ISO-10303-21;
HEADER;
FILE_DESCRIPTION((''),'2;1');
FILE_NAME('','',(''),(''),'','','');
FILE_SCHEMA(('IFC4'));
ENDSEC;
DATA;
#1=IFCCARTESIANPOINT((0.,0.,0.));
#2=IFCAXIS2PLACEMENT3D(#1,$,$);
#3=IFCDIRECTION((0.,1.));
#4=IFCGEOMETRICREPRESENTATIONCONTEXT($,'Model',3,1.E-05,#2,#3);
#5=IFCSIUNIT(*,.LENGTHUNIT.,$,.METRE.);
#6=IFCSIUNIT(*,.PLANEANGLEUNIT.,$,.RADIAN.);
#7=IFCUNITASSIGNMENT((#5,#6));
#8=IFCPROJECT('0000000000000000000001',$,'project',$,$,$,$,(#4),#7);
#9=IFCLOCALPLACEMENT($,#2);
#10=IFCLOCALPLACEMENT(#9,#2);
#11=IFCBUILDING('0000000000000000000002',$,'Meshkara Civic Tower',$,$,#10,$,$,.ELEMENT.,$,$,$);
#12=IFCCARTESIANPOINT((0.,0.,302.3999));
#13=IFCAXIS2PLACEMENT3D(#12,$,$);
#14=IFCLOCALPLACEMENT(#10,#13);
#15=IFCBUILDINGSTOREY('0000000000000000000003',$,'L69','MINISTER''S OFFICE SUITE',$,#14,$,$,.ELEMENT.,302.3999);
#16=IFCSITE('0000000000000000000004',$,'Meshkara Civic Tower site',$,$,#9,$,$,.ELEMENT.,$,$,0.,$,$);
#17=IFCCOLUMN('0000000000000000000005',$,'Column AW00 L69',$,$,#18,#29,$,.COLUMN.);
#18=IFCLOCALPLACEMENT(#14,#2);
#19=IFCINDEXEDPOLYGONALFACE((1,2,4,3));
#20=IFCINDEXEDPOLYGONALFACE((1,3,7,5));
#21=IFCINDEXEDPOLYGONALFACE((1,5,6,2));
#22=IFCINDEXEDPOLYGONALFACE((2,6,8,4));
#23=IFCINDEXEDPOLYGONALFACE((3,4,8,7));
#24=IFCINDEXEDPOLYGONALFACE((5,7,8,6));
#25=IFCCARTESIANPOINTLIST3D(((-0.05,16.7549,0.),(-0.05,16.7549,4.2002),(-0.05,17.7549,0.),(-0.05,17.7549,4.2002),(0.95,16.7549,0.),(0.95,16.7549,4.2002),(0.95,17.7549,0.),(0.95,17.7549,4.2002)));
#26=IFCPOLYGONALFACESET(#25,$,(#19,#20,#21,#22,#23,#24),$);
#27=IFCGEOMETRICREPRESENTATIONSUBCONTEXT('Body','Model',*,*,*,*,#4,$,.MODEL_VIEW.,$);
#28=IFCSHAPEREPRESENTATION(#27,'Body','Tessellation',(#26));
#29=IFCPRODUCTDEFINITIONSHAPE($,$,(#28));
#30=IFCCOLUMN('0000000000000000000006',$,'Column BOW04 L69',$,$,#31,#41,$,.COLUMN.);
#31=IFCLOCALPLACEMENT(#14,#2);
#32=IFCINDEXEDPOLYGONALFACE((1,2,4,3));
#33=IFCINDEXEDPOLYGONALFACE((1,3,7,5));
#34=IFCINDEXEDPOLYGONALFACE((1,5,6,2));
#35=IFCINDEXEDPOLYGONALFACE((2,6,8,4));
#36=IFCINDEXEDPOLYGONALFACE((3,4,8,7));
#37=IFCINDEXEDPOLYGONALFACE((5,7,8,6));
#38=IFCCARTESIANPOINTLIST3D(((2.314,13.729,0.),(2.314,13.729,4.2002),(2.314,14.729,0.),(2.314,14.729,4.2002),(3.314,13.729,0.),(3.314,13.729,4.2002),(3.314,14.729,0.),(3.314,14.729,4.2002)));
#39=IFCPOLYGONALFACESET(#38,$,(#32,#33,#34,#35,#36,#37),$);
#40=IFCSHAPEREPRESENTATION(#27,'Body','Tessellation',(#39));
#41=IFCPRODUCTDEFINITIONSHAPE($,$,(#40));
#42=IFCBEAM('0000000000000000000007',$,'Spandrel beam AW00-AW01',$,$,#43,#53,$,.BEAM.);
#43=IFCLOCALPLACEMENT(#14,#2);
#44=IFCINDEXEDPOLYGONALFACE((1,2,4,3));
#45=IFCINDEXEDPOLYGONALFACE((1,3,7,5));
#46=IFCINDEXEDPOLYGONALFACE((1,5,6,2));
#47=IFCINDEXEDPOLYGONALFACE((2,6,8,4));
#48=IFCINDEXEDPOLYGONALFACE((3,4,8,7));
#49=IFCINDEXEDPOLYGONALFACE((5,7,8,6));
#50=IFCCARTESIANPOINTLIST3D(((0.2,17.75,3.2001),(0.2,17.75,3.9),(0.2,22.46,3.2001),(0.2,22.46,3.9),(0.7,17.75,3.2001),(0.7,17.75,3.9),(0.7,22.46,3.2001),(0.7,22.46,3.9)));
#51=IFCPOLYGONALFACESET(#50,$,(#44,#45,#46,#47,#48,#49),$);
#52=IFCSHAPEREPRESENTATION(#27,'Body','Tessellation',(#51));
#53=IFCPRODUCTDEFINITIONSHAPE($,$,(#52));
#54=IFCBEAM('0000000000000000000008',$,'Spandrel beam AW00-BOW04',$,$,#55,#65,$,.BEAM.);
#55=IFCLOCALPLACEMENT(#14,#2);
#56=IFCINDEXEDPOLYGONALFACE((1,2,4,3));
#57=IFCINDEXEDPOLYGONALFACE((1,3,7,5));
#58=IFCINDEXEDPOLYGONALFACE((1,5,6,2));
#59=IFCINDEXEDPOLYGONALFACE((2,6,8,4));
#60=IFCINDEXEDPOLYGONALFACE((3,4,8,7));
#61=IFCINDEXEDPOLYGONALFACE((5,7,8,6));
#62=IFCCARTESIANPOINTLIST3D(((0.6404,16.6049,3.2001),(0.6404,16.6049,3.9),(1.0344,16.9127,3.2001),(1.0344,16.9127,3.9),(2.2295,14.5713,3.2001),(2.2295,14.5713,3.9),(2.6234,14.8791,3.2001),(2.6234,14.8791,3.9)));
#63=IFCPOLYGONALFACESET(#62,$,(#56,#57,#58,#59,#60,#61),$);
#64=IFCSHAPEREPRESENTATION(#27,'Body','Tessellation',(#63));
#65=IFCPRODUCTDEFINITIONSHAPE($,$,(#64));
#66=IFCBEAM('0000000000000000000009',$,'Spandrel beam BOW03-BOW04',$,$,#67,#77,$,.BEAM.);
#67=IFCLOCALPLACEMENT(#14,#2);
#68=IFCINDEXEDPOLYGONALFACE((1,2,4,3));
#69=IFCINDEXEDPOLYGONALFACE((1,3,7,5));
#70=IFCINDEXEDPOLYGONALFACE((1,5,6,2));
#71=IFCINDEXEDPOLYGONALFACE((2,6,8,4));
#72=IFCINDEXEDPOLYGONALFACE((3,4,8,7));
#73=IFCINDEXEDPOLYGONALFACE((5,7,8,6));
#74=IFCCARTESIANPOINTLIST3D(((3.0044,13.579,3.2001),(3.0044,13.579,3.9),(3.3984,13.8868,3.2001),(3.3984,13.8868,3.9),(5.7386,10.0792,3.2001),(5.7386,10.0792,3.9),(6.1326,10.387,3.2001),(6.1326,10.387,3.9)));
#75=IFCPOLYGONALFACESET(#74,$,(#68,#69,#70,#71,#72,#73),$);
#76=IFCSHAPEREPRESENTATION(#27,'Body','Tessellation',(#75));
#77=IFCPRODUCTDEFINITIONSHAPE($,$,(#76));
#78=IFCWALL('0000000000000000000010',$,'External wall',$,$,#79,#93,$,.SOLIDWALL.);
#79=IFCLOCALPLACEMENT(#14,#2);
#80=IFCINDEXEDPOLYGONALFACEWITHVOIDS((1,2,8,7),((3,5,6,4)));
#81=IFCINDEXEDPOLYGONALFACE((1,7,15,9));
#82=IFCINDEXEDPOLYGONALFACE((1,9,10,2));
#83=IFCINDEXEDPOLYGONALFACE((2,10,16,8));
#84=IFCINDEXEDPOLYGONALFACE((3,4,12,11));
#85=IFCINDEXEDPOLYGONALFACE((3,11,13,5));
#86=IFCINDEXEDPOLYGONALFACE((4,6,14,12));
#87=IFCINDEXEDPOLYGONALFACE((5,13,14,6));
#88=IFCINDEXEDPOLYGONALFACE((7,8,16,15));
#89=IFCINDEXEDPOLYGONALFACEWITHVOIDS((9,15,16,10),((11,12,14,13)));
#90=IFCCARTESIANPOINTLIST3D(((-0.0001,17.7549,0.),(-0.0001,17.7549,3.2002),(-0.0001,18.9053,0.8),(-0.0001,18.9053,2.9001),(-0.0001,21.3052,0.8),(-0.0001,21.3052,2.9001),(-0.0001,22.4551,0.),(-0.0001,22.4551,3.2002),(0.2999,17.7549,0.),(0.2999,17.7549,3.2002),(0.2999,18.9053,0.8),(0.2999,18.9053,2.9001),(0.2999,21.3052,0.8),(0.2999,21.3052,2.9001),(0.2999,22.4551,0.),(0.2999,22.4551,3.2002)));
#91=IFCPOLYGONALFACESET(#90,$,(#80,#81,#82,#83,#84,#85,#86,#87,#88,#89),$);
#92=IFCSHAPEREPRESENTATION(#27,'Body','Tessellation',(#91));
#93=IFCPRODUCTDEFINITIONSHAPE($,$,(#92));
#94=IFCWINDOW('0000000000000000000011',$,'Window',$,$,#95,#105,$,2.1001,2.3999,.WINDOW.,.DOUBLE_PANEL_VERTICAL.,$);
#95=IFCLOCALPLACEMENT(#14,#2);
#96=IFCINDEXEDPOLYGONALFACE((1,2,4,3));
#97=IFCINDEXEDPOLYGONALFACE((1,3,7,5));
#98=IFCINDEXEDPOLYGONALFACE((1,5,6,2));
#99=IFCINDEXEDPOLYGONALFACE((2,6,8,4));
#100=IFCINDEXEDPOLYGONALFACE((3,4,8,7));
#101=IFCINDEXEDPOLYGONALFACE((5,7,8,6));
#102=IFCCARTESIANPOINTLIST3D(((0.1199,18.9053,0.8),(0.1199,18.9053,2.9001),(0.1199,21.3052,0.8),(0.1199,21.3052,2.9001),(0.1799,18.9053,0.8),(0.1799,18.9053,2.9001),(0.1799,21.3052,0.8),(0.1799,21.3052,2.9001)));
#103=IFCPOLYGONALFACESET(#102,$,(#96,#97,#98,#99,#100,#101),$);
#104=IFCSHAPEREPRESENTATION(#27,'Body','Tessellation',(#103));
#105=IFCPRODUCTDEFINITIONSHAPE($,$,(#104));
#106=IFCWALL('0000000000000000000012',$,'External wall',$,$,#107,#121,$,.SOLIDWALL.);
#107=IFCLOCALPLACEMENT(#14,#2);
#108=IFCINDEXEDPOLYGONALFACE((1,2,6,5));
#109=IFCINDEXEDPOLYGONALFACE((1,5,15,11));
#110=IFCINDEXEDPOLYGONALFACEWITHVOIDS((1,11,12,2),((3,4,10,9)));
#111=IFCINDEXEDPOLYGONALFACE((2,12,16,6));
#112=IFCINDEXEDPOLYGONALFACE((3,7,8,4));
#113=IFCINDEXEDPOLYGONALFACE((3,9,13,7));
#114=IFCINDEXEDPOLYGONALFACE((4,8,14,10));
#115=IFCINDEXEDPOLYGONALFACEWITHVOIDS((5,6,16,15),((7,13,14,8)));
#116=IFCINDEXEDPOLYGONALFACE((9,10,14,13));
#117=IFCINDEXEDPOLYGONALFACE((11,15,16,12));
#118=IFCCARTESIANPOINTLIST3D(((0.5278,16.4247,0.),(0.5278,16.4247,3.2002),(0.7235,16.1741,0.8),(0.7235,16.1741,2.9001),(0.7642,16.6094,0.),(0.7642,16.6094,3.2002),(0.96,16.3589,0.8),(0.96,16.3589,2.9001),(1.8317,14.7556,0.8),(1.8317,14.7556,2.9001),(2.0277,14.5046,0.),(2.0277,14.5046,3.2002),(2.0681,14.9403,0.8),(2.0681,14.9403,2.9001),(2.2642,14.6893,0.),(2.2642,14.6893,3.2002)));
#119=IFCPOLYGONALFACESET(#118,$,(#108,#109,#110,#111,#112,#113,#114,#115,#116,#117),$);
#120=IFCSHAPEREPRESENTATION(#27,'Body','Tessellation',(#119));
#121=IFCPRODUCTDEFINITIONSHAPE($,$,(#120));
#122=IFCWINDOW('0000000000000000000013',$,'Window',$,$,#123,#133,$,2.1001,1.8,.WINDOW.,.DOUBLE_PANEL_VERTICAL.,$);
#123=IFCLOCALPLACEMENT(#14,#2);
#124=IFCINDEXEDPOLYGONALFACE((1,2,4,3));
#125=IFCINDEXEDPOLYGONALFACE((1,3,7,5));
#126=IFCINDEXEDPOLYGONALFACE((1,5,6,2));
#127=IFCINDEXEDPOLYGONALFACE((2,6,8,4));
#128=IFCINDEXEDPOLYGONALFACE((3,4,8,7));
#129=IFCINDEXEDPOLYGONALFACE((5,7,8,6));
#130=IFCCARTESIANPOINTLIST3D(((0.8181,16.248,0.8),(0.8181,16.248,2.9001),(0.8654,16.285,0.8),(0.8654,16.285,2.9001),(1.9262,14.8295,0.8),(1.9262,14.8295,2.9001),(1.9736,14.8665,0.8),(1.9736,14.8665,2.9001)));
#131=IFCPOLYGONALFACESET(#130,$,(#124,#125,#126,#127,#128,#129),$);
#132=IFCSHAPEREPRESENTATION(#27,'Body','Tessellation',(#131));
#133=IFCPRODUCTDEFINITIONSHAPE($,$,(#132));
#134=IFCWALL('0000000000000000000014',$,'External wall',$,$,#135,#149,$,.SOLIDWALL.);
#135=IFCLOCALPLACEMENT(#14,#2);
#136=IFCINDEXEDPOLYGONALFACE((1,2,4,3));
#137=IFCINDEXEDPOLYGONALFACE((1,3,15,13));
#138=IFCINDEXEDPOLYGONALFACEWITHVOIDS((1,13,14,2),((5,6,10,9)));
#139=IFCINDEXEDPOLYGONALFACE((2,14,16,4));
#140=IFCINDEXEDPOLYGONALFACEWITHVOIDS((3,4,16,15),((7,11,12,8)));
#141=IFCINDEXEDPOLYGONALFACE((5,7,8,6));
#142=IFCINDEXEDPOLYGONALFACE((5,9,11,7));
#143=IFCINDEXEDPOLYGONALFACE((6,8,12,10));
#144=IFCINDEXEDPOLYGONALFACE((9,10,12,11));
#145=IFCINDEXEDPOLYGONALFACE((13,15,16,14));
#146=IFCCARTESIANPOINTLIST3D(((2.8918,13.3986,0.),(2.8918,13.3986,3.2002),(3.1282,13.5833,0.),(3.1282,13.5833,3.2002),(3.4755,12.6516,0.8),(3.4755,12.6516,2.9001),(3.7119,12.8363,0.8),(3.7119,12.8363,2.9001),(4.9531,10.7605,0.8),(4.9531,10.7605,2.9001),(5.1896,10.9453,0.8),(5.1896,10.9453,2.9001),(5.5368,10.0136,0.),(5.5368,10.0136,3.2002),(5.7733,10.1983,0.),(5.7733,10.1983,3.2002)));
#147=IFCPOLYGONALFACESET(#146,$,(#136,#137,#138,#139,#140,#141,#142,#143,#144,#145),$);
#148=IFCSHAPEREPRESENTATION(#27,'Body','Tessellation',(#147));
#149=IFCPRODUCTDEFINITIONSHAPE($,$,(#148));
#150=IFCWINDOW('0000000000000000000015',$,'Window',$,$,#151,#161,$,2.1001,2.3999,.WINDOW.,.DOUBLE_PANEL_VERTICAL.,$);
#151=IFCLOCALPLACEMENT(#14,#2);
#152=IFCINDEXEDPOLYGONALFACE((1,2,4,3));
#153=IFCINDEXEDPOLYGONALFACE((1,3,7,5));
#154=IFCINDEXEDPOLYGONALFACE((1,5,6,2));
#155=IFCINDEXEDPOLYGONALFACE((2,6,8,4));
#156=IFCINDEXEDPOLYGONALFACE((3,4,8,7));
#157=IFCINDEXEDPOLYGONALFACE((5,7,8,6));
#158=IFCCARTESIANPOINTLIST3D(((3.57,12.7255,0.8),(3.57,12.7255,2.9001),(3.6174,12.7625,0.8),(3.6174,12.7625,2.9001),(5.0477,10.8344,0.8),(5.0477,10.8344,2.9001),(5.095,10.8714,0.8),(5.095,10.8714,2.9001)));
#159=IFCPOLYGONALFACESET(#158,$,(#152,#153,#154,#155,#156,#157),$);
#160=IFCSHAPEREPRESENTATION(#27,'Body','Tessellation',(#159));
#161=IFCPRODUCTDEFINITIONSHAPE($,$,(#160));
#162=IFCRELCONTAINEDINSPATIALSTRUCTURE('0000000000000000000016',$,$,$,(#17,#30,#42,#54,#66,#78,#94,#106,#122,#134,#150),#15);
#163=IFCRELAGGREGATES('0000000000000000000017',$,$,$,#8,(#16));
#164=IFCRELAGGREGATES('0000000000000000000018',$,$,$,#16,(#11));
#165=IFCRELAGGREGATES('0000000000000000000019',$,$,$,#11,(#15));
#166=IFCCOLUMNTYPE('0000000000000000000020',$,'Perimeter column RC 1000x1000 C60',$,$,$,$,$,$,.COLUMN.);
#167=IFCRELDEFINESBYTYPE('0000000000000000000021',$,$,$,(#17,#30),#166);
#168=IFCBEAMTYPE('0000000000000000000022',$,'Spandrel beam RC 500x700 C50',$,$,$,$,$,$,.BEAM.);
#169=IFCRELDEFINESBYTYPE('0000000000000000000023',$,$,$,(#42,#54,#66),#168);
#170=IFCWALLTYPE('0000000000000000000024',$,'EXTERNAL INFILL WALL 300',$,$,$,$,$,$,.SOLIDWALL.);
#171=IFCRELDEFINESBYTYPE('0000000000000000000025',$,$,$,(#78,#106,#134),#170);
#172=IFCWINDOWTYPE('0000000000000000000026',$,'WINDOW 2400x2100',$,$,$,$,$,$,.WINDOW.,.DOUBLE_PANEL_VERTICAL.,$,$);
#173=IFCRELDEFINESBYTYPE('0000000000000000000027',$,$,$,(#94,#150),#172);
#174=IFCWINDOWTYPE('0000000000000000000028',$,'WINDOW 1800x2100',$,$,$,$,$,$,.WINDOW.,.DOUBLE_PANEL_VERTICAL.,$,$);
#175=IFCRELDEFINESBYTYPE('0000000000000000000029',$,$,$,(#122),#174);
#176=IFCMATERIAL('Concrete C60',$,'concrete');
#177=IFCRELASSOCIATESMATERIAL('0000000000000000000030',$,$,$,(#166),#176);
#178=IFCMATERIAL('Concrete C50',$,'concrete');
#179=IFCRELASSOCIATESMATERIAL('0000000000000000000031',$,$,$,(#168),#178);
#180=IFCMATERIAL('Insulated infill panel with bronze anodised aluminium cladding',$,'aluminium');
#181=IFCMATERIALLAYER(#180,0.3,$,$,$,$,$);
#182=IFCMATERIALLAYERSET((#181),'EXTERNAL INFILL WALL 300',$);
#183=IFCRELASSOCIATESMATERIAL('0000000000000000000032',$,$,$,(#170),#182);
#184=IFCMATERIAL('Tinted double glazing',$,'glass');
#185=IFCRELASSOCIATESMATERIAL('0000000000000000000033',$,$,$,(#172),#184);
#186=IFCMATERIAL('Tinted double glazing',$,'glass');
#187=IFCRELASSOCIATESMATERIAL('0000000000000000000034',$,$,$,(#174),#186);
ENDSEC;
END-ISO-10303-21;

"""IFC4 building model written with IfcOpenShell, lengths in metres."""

from ifc_helpers import new_model, si_unit, direction, frame, frame_2d, origin, origin_2d, place, context, subcontext, project, spatial, rectangle, extrude, material, layer, layer_set, material_profile, profile_set, type_object, element, fill, save


model = new_model("IFC4")

# Units and contexts
model_context = context("Model", 3, precision=1e-05, world=origin(), true_north=direction((0.0, 1.0)))
body_context = subcontext(model_context, "Body", "Model", "MODEL_VIEW")
ifc_project = project(units=[si_unit("LENGTHUNIT", "METRE"), si_unit("PLANEANGLEUNIT", "RADIAN")], contexts=[model_context])

# Site, building, storey
site_placement = place(None, origin())
site = spatial("IfcSite", under=ifc_project, at=site_placement, Name="Meshkara Civic Tower site", CompositionType="ELEMENT", RefElevation=0.0)
building_placement = place(site_placement, origin())
building = spatial("IfcBuilding", under=site, at=building_placement, Name="Meshkara Civic Tower", CompositionType="ELEMENT")
storey_placement = place(building_placement, frame((0.0, 0.0, 302.3999)))
storey = spatial("IfcBuildingStorey", under=building, at=storey_placement, Name="L69", Description="MINISTER'S OFFICE SUITE", CompositionType="ELEMENT", Elevation=302.3999)

# Columns
ifc_material_1 = material(Name="Concrete C60", Category="concrete")
ifc_material_profile_1 = material_profile(ifc_material_1, rectangle(XDim=1.0, YDim=1.0, at=origin_2d()))
ifc_profile_set_1 = profile_set([ifc_material_profile_1], Name="Concrete C60")
column_type = type_object("IfcColumnType", Name="Perimeter column RC 1000x1000 C60", PredefinedType="COLUMN", material=ifc_profile_set_1)
for number, where, z_axis, x_axis, name in (
    (1, (0.45, 17.2549, 0.0), (0.0, 0.0, 1.0), (1.0, 0.0, 0.0), "Column AW00 L69"),
    (2, (2.814, 14.229, 0.0), (0.0, 0.0, 1.0), (1.0, 0.0, 0.0), "Column BOW04 L69"),
):
    element("IfcColumn", number, at=place(storey_placement, frame(where, z_axis=z_axis, x_axis=x_axis)), inside=storey, type_object=column_type, Name=name, PredefinedType="COLUMN", context=body_context, shape_type="SweptSolid", body=[
        extrude(rectangle(XDim=1.0, YDim=1.0, at=origin_2d()), origin(), (0.0, 0.0, 1.0), 4.2002),
    ])

# Beams
ifc_material_2 = material(Name="Concrete C50", Category="concrete")
ifc_material_profile_2 = material_profile(ifc_material_2, rectangle(XDim=0.5, YDim=0.7, at=origin_2d()))
ifc_profile_set_2 = profile_set([ifc_material_profile_2], Name="Concrete C50")
beam_type = type_object("IfcBeamType", Name="Spandrel beam RC 500x700 C50", PredefinedType="BEAM", material=ifc_profile_set_2)
beam_1_placement = place(storey_placement, frame((0.45, 22.46, 3.55), z_axis=(0.0, -1.0, 0.0), x_axis=(1.0, 0.0, 0.0)))
element("IfcBeam", 3, at=beam_1_placement, inside=storey, type_object=beam_type, Name="Spandrel beam AW00-AW01", PredefinedType="BEAM", context=body_context, shape_type="SweptSolid", body=[
    extrude(rectangle(XDim=0.5, YDim=0.7, at=origin_2d()), origin(), (0.0, 0.0, 1.0), 4.71),
])
beam_2_placement = place(storey_placement, frame((0.8374, 16.7588, 3.55), z_axis=(0.615714, -0.78797, 0.0), x_axis=(0.78797, 0.615714, 0.0)))
element("IfcBeam", 4, at=beam_2_placement, inside=storey, type_object=beam_type, Name="Spandrel beam AW00-BOW04", PredefinedType="BEAM", context=body_context, shape_type="SweptSolid", body=[
    extrude(rectangle(XDim=0.5, YDim=0.7, at=origin_2d()), origin(), (0.0, 0.0, 1.0), 2.5808),
])
beam_3_placement = place(storey_placement, frame((3.2014, 13.7329, 3.55), z_axis=(0.615637, -0.78803, 0.0), x_axis=(0.78803, 0.615637, 0.0)))
element("IfcBeam", 5, at=beam_3_placement, inside=storey, type_object=beam_type, Name="Spandrel beam BOW03-BOW04", PredefinedType="BEAM", context=body_context, shape_type="SweptSolid", body=[
    extrude(rectangle(XDim=0.5, YDim=0.7, at=origin_2d()), origin(), (0.0, 0.0, 1.0), 4.4412),
])

# Walls, openings, windows
ifc_material_3 = material(Name="Insulated infill panel with bronze anodised aluminium cladding", Category="aluminium")
ifc_layer = layer(ifc_material_3, 0.3)
ifc_layer_set = layer_set([ifc_layer], Name="EXTERNAL INFILL WALL 300")
wall_type = type_object("IfcWallType", Name="EXTERNAL INFILL WALL 300", PredefinedType="SOLIDWALL", material=ifc_layer_set)
wall_1_placement = place(storey_placement, frame((0.1499, 22.4551, 0.0), z_axis=(0.0, 0.0, 1.0), x_axis=(0.0, -1.0, 0.0)))
wall_1 = element("IfcWall", 6, at=wall_1_placement, inside=storey, type_object=wall_type, Name="External wall", PredefinedType="SOLIDWALL", context=body_context, shape_type="SweptSolid", body=[
    extrude(rectangle(XDim=4.7002, YDim=0.3, at=frame_2d((2.3501, 0.0))), origin(), (0.0, 0.0, 1.0), 3.2002),
])
opening_1_placement = place(wall_1_placement, frame((1.1499, 0.0, 0.8)))
opening_1 = element("IfcOpeningElement", 7, at=opening_1_placement, cuts=wall_1, PredefinedType="OPENING", context=body_context, shape_type="SweptSolid", body=[
    extrude(rectangle(XDim=2.3999, YDim=2.1001, at=frame_2d((1.2, 1.05))), frame((0.0, 0.1599, 0.0), z_axis=(0.0, -1.0, 0.0), x_axis=(1.0, 0.0, 0.0)), (0.0, 0.0, 1.0), 0.3201),
])
ifc_material_4 = material(Name="Tinted double glazing", Category="glass")
window_type_1 = type_object("IfcWindowType", Name="WINDOW 2400x2100", PartitioningType="DOUBLE_PANEL_VERTICAL", PredefinedType="WINDOW", material=ifc_material_4)
window_1_placement = place(opening_1_placement, origin())
window_1 = element("IfcWindow", 8, at=window_1_placement, inside=storey, type_object=window_type_1, Name="Window", OverallHeight=2.1001, OverallWidth=2.3999, PartitioningType="DOUBLE_PANEL_VERTICAL", PredefinedType="WINDOW", context=body_context, shape_type="SweptSolid", body=[
    extrude(rectangle(XDim=2.3999, YDim=2.1001, at=frame_2d((1.2, 1.05))), frame((0.0, 0.03, 0.0), z_axis=(0.0, -1.0, 0.0), x_axis=(1.0, 0.0, 0.0)), (0.0, 0.0, 1.0), 0.0601),
])
fill(opening_1, window_1)
wall_2_placement = place(storey_placement, frame((0.646, 16.5171, 0.0), z_axis=(0.0, 0.0, 1.0), x_axis=(0.615611, -0.78805, 0.0)))
wall_2 = element("IfcWall", 9, at=wall_2_placement, inside=storey, type_object=wall_type, Name="External wall", PredefinedType="SOLIDWALL", context=body_context, shape_type="SweptSolid", body=[
    extrude(rectangle(XDim=2.4365, YDim=0.3, at=frame_2d((1.2183, 0.0))), origin(), (0.0, 0.0, 1.0), 3.2002),
])
opening_2_placement = place(wall_2_placement, frame((0.3181, 0.0, 0.8)))
opening_2 = element("IfcOpeningElement", 10, at=opening_2_placement, cuts=wall_2, PredefinedType="OPENING", context=body_context, shape_type="SweptSolid", body=[
    extrude(rectangle(XDim=1.8, YDim=2.1001, at=frame_2d((0.8999, 1.05))), frame((0.0, 0.1599, 0.0), z_axis=(0.0, -1.0, 0.0), x_axis=(1.0, 0.0, 0.0)), (0.0, 0.0, 1.0), 0.3201),
])
ifc_material_5 = material(Name="Tinted double glazing", Category="glass")
window_type_2 = type_object("IfcWindowType", Name="WINDOW 1800x2100", PartitioningType="DOUBLE_PANEL_VERTICAL", PredefinedType="WINDOW", material=ifc_material_5)
window_2_placement = place(opening_2_placement, origin())
window_2 = element("IfcWindow", 11, at=window_2_placement, inside=storey, type_object=window_type_2, Name="Window", OverallHeight=2.1001, OverallWidth=1.8, PartitioningType="DOUBLE_PANEL_VERTICAL", PredefinedType="WINDOW", context=body_context, shape_type="SweptSolid", body=[
    extrude(rectangle(XDim=1.8, YDim=2.1001, at=frame_2d((0.8999, 1.05))), frame((0.0, 0.03, 0.0), z_axis=(0.0, -1.0, 0.0), x_axis=(1.0, 0.0, 0.0)), (0.0, 0.0, 1.0), 0.0601),
])
fill(opening_2, window_2)
wall_3_placement = place(storey_placement, frame((3.01, 13.491, 0.0), z_axis=(0.0, 0.0, 1.0), x_axis=(0.615714, -0.78797, 0.0)))
wall_3 = element("IfcWall", 12, at=wall_3_placement, inside=storey, type_object=wall_type, Name="External wall", PredefinedType="SOLIDWALL", context=body_context, shape_type="SweptSolid", body=[
    extrude(rectangle(XDim=4.2959, YDim=0.3, at=frame_2d((2.1479, 0.0))), origin(), (0.0, 0.0, 1.0), 3.2002),
])
opening_3_placement = place(wall_3_placement, frame((0.948, 0.0, 0.8)))
opening_3 = element("IfcOpeningElement", 13, at=opening_3_placement, cuts=wall_3, PredefinedType="OPENING", context=body_context, shape_type="SweptSolid", body=[
    extrude(rectangle(XDim=2.3999, YDim=2.1001, at=frame_2d((1.2, 1.05))), frame((0.0, 0.1599, 0.0), z_axis=(0.0, -1.0, 0.0), x_axis=(1.0, 0.0, 0.0)), (0.0, 0.0, 1.0), 0.3201),
])
window_3_placement = place(opening_3_placement, origin())
window_3 = element("IfcWindow", 14, at=window_3_placement, inside=storey, type_object=window_type_1, Name="Window", OverallHeight=2.1001, OverallWidth=2.3999, PartitioningType="DOUBLE_PANEL_VERTICAL", PredefinedType="WINDOW", context=body_context, shape_type="SweptSolid", body=[
    extrude(rectangle(XDim=2.3999, YDim=2.1001, at=frame_2d((1.2, 1.05))), frame((0.0, 0.03, 0.0), z_axis=(0.0, -1.0, 0.0), x_axis=(1.0, 0.0, 0.0)), (0.0, 0.0, 1.0), 0.0601),
])
fill(opening_3, window_3)

save(model, "model.ifc")
